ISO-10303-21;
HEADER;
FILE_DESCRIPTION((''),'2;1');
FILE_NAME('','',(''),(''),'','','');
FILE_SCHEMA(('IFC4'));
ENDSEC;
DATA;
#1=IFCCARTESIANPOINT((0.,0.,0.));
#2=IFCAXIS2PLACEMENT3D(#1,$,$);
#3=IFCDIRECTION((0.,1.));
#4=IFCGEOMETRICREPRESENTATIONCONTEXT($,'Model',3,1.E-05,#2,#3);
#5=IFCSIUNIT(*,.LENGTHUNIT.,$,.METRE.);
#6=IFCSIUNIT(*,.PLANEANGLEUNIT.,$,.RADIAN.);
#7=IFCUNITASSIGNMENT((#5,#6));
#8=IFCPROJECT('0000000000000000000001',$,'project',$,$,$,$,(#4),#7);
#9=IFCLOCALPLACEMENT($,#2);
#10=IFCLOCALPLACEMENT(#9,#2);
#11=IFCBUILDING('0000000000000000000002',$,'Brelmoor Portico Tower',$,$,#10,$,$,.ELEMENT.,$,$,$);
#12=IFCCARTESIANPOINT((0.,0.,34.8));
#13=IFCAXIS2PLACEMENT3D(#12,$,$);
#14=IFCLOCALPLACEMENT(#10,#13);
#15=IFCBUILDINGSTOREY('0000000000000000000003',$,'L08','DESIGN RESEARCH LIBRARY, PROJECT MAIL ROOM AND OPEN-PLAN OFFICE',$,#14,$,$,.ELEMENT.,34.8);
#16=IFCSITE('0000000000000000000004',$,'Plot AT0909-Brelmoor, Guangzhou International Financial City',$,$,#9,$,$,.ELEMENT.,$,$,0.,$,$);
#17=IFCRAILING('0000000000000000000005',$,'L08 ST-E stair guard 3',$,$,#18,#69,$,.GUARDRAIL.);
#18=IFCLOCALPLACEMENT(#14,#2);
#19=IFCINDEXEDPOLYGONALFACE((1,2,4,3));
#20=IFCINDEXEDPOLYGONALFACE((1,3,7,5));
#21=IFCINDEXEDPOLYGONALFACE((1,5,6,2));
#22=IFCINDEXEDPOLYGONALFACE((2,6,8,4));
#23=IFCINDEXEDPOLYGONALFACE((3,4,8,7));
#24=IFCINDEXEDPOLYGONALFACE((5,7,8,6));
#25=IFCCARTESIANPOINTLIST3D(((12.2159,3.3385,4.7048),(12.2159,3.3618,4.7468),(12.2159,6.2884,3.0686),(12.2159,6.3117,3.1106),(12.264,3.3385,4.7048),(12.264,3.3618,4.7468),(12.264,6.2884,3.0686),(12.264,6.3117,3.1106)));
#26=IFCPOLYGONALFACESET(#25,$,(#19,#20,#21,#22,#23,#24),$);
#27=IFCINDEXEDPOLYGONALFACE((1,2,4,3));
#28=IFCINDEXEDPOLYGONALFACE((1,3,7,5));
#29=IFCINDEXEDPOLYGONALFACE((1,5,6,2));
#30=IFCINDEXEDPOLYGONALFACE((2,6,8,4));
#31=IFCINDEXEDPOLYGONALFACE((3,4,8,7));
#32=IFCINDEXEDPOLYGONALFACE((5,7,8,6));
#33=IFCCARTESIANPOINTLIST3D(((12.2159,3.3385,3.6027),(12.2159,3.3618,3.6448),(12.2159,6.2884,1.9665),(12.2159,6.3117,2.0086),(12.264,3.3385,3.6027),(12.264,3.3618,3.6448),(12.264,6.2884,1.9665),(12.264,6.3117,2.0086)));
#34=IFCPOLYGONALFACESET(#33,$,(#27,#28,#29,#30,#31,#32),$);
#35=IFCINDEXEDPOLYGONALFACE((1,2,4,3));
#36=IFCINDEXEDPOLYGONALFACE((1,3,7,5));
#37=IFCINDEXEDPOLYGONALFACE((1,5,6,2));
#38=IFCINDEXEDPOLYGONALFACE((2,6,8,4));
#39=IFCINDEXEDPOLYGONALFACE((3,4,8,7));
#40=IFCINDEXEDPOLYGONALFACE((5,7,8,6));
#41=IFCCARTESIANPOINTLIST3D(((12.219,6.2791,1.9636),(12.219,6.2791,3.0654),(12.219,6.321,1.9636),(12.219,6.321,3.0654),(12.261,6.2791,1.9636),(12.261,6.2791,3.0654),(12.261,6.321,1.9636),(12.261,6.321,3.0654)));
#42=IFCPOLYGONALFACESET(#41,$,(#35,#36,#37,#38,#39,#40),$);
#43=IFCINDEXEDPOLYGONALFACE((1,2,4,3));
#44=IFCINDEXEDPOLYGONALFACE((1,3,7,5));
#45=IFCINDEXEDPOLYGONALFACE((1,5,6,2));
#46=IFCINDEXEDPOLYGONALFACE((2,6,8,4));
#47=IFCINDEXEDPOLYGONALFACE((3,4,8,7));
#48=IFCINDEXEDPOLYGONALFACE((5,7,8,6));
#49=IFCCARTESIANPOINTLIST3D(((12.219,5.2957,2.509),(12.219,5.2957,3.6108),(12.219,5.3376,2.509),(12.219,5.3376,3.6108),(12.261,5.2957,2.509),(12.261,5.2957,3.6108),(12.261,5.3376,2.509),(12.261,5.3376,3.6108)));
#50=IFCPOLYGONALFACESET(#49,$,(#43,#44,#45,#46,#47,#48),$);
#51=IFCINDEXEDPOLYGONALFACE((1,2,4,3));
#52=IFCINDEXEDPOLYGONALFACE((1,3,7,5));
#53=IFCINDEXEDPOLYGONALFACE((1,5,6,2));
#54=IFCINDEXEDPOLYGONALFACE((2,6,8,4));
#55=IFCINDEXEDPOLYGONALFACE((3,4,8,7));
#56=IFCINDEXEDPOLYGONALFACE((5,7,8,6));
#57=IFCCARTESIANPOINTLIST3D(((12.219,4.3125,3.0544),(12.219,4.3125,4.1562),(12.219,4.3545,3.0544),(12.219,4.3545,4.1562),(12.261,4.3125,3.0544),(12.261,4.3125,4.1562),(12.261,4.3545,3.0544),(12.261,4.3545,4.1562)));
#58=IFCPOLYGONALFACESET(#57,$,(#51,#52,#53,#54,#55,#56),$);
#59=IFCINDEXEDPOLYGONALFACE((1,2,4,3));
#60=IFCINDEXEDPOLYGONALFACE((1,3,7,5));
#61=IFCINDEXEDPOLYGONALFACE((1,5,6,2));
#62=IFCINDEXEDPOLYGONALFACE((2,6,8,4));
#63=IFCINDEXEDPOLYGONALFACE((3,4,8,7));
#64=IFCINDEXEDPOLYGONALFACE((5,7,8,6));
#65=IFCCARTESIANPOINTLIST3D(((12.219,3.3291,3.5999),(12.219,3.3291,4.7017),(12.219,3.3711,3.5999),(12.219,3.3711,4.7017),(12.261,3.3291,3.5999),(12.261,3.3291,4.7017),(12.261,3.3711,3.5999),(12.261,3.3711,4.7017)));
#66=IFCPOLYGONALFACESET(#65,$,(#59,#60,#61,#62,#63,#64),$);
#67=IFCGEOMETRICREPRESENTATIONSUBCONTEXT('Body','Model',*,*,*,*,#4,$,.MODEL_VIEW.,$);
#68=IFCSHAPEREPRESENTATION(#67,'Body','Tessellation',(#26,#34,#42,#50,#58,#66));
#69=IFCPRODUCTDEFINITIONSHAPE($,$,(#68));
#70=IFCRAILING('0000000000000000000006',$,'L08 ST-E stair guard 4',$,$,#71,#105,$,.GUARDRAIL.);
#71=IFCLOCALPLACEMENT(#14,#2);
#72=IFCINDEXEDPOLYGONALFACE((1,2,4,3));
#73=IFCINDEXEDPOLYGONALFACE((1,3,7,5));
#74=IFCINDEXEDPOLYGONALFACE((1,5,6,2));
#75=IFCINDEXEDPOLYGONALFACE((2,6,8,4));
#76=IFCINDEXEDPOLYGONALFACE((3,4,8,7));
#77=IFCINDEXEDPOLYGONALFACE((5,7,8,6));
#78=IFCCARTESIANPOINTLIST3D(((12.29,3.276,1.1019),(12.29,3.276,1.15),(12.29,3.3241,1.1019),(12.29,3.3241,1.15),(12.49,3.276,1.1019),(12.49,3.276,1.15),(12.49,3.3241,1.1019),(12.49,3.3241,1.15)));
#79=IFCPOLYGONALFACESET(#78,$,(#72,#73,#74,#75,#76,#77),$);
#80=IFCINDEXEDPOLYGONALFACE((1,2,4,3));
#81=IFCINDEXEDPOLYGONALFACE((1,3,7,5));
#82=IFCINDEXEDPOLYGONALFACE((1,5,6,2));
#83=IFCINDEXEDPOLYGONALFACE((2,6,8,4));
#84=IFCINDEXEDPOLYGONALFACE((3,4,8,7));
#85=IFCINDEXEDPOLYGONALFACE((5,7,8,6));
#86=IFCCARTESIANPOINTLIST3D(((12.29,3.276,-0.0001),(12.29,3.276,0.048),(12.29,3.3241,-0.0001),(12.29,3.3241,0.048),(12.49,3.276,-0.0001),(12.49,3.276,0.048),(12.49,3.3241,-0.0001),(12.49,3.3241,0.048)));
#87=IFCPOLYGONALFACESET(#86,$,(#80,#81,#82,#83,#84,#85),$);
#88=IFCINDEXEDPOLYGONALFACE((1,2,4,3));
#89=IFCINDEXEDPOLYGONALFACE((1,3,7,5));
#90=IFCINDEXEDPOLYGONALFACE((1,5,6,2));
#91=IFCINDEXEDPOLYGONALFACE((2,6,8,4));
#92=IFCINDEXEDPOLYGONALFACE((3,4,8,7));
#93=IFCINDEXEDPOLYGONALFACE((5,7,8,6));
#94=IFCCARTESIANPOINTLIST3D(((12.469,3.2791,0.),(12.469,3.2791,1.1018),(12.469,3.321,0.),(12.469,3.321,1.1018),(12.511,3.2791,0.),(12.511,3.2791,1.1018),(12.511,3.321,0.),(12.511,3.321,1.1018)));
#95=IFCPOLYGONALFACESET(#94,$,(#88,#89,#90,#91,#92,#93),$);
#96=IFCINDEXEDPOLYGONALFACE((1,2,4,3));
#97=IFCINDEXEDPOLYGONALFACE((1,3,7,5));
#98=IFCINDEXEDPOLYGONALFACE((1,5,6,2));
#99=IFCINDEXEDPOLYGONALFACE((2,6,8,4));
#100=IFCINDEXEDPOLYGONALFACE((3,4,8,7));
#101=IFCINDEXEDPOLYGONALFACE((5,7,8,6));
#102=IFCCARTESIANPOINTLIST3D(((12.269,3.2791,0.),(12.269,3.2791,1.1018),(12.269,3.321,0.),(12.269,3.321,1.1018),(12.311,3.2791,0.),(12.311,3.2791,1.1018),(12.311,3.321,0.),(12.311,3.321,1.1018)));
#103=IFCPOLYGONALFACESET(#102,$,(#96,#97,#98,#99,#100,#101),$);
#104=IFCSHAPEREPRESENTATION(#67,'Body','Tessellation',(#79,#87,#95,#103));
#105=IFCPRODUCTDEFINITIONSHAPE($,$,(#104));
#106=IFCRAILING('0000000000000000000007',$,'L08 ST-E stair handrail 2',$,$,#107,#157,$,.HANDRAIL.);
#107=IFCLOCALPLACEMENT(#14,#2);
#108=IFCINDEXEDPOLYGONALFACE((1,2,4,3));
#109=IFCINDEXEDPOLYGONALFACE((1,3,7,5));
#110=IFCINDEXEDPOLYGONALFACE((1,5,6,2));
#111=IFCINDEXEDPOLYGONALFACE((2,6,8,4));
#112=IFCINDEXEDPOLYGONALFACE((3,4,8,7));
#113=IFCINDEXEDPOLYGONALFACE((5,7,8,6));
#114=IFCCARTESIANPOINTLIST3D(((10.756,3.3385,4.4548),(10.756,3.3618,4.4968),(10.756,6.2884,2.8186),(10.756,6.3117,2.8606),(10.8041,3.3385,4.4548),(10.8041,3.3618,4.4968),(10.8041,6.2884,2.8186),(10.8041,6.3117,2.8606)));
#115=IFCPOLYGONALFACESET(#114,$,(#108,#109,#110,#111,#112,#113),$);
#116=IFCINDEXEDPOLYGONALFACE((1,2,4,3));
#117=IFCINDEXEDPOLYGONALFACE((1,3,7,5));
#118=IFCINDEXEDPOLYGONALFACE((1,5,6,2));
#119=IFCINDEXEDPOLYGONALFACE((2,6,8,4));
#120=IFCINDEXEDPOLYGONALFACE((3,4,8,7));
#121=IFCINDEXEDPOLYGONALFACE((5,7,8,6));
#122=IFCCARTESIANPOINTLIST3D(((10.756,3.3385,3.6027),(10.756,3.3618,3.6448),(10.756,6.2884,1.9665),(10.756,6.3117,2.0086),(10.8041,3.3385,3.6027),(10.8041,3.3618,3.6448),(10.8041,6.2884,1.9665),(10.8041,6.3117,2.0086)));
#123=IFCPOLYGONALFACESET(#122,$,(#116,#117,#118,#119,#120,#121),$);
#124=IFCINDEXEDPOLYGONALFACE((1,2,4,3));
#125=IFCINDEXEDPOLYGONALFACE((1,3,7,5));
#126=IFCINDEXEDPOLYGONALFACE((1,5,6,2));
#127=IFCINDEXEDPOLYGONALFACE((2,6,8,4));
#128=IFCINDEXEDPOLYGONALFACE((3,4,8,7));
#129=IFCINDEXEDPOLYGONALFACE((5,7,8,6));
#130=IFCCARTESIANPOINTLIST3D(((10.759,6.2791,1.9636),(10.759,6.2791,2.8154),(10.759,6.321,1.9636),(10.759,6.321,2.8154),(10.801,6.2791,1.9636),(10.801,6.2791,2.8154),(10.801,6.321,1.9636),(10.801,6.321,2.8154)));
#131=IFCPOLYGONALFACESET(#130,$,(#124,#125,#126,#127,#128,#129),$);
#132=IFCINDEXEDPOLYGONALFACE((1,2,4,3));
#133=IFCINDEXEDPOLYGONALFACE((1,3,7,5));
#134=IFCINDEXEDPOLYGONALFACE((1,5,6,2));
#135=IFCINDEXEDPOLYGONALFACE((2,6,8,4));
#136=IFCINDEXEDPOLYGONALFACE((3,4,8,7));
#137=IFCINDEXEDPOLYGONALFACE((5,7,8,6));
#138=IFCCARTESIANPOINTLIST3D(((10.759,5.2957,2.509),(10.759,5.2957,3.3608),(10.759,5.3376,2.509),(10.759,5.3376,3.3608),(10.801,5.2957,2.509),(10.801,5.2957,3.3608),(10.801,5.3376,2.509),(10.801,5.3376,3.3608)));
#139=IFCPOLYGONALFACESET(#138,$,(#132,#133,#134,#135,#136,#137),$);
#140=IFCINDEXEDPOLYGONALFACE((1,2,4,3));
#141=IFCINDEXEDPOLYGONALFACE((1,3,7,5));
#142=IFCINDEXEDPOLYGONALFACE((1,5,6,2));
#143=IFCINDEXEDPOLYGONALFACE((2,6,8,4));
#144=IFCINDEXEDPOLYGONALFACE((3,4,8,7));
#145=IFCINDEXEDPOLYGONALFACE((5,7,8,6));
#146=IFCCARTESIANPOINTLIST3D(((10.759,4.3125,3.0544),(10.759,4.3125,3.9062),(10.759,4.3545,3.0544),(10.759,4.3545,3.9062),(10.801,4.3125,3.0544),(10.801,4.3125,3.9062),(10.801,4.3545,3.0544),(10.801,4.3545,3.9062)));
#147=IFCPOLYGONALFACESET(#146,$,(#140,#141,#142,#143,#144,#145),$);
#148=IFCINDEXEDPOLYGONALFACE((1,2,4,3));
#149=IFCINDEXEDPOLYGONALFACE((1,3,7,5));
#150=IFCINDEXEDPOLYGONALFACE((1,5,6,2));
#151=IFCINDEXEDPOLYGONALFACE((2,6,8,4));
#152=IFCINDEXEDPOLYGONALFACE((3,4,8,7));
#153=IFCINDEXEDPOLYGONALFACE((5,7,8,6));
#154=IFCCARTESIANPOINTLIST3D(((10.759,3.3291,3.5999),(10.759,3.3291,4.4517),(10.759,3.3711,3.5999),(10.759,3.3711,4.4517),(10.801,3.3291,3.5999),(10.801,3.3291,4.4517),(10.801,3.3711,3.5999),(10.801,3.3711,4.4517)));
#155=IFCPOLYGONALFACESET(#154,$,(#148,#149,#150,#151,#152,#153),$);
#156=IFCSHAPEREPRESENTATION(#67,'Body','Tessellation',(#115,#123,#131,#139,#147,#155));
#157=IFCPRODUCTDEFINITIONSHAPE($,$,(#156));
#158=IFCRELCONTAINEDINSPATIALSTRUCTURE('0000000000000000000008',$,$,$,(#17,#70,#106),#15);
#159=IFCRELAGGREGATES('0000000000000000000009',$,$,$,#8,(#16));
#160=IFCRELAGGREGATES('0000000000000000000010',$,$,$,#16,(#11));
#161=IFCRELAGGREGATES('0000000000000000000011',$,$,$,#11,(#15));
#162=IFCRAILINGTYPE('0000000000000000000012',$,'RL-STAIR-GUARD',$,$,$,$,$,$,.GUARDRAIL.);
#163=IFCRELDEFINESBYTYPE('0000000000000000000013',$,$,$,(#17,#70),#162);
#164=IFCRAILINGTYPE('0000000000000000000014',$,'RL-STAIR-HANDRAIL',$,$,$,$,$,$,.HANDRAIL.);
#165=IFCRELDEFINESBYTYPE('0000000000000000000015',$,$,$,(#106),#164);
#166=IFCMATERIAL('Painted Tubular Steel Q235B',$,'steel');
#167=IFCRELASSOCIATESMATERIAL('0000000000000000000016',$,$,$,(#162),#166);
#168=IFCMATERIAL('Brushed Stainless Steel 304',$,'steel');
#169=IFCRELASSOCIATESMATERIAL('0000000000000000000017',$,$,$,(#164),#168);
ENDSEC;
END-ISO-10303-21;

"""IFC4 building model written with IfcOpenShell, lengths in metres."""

from ifc_helpers import new_model, si_unit, direction, frame, origin, origin_2d, place, context, subcontext, project, spatial, rectangle, extrude, material, type_object, element, save


model = new_model("IFC4")

# Units and contexts
model_context = context("Model", 3, precision=1e-05, world=origin(), true_north=direction((0.0, 1.0)))
body_context = subcontext(model_context, "Body", "Model", "MODEL_VIEW")
ifc_project = project(units=[si_unit("LENGTHUNIT", "METRE"), si_unit("PLANEANGLEUNIT", "RADIAN")], contexts=[model_context])

# Site, building, storey
site_placement = place(None, origin())
site = spatial("IfcSite", under=ifc_project, at=site_placement, Name="Plot AT0909-Brelmoor, Guangzhou International Financial City", CompositionType="ELEMENT", RefElevation=0.0)
building_placement = place(site_placement, origin())
building = spatial("IfcBuilding", under=site, at=building_placement, Name="Brelmoor Portico Tower", CompositionType="ELEMENT")
storey_placement = place(building_placement, frame((0.0, 0.0, 34.8)))
storey = spatial("IfcBuildingStorey", under=building, at=storey_placement, Name="L08", Description="DESIGN RESEARCH LIBRARY, PROJECT MAIL ROOM AND OPEN-PLAN OFFICE", CompositionType="ELEMENT", Elevation=34.8)

# Railings
ifc_material_1 = material(Name="Painted Tubular Steel Q235B", Category="steel")
railing_type_1 = type_object("IfcRailingType", Name="RL-STAIR-GUARD", PredefinedType="GUARDRAIL", material=ifc_material_1)
railing_1_placement = place(storey_placement, frame((12.24, 6.3, 1.9636)))
element("IfcRailing", 1, at=railing_1_placement, inside=storey, type_object=railing_type_1, Name="L08 ST-E stair guard 3", PredefinedType="GUARDRAIL", context=body_context, shape_type="SweptSolid", body=[
    extrude(rectangle(XDim=0.0481, YDim=0.0481, at=origin_2d()), frame((0.0, 0.0, 1.126), z_axis=(0.0, -0.874488, 0.485047), x_axis=(1.0, 0.0, 0.0)), (0.0, 0.0, 1.0), 3.3733),
    extrude(rectangle(XDim=0.0481, YDim=0.0481, at=origin_2d()), frame((0.0, 0.0, 0.0239), z_axis=(0.0, -0.874488, 0.485047), x_axis=(1.0, 0.0, 0.0)), (0.0, 0.0, 1.0), 3.3733),
    extrude(rectangle(XDim=0.042, YDim=0.042, at=origin_2d()), origin(), (0.0, 0.0, 1.0), 1.1018),
    extrude(rectangle(XDim=0.042, YDim=0.042, at=origin_2d()), frame((0.0, -0.9834, 0.5454)), (0.0, 0.0, 1.0), 1.1018),
    extrude(rectangle(XDim=0.042, YDim=0.042, at=origin_2d()), frame((0.0, -1.9666, 1.0908)), (0.0, 0.0, 1.0), 1.1018),
    extrude(rectangle(XDim=0.042, YDim=0.042, at=origin_2d()), frame((0.0, -2.95, 1.6362)), (0.0, 0.0, 1.0), 1.1018),
])
railing_2_placement = place(storey_placement, frame((12.49, 3.3, 0.0)))
element("IfcRailing", 2, at=railing_2_placement, inside=storey, type_object=railing_type_1, Name="L08 ST-E stair guard 4", PredefinedType="GUARDRAIL", context=body_context, shape_type="SweptSolid", body=[
    extrude(rectangle(XDim=0.0481, YDim=0.0481, at=origin_2d()), frame((0.0, 0.0, 1.126), z_axis=(-1.0, 0.0, 0.0), x_axis=(0.0, -1.0, 0.0)), (0.0, 0.0, 1.0), 0.2),
    extrude(rectangle(XDim=0.0481, YDim=0.0481, at=origin_2d()), frame((0.0, 0.0, 0.0239), z_axis=(-1.0, 0.0, 0.0), x_axis=(0.0, -1.0, 0.0)), (0.0, 0.0, 1.0), 0.2),
    extrude(rectangle(XDim=0.042, YDim=0.042, at=origin_2d()), origin(), (0.0, 0.0, 1.0), 1.1018),
    extrude(rectangle(XDim=0.042, YDim=0.042, at=origin_2d()), frame((-0.2, 0.0, 0.0)), (0.0, 0.0, 1.0), 1.1018),
])
ifc_material_2 = material(Name="Brushed Stainless Steel 304", Category="steel")
railing_type_2 = type_object("IfcRailingType", Name="RL-STAIR-HANDRAIL", PredefinedType="HANDRAIL", material=ifc_material_2)
railing_3_placement = place(storey_placement, frame((10.78, 6.3, 1.9636)))
element("IfcRailing", 3, at=railing_3_placement, inside=storey, type_object=railing_type_2, Name="L08 ST-E stair handrail 2", PredefinedType="HANDRAIL", context=body_context, shape_type="SweptSolid", body=[
    extrude(rectangle(XDim=0.0481, YDim=0.0481, at=origin_2d()), frame((0.0, 0.0, 0.876), z_axis=(0.0, -0.874488, 0.485047), x_axis=(1.0, 0.0, 0.0)), (0.0, 0.0, 1.0), 3.3733),
    extrude(rectangle(XDim=0.0481, YDim=0.0481, at=origin_2d()), frame((0.0, 0.0, 0.0239), z_axis=(0.0, -0.874488, 0.485047), x_axis=(1.0, 0.0, 0.0)), (0.0, 0.0, 1.0), 3.3733),
    extrude(rectangle(XDim=0.042, YDim=0.042, at=origin_2d()), origin(), (0.0, 0.0, 1.0), 0.8518),
    extrude(rectangle(XDim=0.042, YDim=0.042, at=origin_2d()), frame((0.0, -0.9834, 0.5454)), (0.0, 0.0, 1.0), 0.8518),
    extrude(rectangle(XDim=0.042, YDim=0.042, at=origin_2d()), frame((0.0, -1.9666, 1.0908)), (0.0, 0.0, 1.0), 0.8518),
    extrude(rectangle(XDim=0.042, YDim=0.042, at=origin_2d()), frame((0.0, -2.95, 1.6362)), (0.0, 0.0, 1.0), 0.8518),
])

save(model, "model.ifc")
